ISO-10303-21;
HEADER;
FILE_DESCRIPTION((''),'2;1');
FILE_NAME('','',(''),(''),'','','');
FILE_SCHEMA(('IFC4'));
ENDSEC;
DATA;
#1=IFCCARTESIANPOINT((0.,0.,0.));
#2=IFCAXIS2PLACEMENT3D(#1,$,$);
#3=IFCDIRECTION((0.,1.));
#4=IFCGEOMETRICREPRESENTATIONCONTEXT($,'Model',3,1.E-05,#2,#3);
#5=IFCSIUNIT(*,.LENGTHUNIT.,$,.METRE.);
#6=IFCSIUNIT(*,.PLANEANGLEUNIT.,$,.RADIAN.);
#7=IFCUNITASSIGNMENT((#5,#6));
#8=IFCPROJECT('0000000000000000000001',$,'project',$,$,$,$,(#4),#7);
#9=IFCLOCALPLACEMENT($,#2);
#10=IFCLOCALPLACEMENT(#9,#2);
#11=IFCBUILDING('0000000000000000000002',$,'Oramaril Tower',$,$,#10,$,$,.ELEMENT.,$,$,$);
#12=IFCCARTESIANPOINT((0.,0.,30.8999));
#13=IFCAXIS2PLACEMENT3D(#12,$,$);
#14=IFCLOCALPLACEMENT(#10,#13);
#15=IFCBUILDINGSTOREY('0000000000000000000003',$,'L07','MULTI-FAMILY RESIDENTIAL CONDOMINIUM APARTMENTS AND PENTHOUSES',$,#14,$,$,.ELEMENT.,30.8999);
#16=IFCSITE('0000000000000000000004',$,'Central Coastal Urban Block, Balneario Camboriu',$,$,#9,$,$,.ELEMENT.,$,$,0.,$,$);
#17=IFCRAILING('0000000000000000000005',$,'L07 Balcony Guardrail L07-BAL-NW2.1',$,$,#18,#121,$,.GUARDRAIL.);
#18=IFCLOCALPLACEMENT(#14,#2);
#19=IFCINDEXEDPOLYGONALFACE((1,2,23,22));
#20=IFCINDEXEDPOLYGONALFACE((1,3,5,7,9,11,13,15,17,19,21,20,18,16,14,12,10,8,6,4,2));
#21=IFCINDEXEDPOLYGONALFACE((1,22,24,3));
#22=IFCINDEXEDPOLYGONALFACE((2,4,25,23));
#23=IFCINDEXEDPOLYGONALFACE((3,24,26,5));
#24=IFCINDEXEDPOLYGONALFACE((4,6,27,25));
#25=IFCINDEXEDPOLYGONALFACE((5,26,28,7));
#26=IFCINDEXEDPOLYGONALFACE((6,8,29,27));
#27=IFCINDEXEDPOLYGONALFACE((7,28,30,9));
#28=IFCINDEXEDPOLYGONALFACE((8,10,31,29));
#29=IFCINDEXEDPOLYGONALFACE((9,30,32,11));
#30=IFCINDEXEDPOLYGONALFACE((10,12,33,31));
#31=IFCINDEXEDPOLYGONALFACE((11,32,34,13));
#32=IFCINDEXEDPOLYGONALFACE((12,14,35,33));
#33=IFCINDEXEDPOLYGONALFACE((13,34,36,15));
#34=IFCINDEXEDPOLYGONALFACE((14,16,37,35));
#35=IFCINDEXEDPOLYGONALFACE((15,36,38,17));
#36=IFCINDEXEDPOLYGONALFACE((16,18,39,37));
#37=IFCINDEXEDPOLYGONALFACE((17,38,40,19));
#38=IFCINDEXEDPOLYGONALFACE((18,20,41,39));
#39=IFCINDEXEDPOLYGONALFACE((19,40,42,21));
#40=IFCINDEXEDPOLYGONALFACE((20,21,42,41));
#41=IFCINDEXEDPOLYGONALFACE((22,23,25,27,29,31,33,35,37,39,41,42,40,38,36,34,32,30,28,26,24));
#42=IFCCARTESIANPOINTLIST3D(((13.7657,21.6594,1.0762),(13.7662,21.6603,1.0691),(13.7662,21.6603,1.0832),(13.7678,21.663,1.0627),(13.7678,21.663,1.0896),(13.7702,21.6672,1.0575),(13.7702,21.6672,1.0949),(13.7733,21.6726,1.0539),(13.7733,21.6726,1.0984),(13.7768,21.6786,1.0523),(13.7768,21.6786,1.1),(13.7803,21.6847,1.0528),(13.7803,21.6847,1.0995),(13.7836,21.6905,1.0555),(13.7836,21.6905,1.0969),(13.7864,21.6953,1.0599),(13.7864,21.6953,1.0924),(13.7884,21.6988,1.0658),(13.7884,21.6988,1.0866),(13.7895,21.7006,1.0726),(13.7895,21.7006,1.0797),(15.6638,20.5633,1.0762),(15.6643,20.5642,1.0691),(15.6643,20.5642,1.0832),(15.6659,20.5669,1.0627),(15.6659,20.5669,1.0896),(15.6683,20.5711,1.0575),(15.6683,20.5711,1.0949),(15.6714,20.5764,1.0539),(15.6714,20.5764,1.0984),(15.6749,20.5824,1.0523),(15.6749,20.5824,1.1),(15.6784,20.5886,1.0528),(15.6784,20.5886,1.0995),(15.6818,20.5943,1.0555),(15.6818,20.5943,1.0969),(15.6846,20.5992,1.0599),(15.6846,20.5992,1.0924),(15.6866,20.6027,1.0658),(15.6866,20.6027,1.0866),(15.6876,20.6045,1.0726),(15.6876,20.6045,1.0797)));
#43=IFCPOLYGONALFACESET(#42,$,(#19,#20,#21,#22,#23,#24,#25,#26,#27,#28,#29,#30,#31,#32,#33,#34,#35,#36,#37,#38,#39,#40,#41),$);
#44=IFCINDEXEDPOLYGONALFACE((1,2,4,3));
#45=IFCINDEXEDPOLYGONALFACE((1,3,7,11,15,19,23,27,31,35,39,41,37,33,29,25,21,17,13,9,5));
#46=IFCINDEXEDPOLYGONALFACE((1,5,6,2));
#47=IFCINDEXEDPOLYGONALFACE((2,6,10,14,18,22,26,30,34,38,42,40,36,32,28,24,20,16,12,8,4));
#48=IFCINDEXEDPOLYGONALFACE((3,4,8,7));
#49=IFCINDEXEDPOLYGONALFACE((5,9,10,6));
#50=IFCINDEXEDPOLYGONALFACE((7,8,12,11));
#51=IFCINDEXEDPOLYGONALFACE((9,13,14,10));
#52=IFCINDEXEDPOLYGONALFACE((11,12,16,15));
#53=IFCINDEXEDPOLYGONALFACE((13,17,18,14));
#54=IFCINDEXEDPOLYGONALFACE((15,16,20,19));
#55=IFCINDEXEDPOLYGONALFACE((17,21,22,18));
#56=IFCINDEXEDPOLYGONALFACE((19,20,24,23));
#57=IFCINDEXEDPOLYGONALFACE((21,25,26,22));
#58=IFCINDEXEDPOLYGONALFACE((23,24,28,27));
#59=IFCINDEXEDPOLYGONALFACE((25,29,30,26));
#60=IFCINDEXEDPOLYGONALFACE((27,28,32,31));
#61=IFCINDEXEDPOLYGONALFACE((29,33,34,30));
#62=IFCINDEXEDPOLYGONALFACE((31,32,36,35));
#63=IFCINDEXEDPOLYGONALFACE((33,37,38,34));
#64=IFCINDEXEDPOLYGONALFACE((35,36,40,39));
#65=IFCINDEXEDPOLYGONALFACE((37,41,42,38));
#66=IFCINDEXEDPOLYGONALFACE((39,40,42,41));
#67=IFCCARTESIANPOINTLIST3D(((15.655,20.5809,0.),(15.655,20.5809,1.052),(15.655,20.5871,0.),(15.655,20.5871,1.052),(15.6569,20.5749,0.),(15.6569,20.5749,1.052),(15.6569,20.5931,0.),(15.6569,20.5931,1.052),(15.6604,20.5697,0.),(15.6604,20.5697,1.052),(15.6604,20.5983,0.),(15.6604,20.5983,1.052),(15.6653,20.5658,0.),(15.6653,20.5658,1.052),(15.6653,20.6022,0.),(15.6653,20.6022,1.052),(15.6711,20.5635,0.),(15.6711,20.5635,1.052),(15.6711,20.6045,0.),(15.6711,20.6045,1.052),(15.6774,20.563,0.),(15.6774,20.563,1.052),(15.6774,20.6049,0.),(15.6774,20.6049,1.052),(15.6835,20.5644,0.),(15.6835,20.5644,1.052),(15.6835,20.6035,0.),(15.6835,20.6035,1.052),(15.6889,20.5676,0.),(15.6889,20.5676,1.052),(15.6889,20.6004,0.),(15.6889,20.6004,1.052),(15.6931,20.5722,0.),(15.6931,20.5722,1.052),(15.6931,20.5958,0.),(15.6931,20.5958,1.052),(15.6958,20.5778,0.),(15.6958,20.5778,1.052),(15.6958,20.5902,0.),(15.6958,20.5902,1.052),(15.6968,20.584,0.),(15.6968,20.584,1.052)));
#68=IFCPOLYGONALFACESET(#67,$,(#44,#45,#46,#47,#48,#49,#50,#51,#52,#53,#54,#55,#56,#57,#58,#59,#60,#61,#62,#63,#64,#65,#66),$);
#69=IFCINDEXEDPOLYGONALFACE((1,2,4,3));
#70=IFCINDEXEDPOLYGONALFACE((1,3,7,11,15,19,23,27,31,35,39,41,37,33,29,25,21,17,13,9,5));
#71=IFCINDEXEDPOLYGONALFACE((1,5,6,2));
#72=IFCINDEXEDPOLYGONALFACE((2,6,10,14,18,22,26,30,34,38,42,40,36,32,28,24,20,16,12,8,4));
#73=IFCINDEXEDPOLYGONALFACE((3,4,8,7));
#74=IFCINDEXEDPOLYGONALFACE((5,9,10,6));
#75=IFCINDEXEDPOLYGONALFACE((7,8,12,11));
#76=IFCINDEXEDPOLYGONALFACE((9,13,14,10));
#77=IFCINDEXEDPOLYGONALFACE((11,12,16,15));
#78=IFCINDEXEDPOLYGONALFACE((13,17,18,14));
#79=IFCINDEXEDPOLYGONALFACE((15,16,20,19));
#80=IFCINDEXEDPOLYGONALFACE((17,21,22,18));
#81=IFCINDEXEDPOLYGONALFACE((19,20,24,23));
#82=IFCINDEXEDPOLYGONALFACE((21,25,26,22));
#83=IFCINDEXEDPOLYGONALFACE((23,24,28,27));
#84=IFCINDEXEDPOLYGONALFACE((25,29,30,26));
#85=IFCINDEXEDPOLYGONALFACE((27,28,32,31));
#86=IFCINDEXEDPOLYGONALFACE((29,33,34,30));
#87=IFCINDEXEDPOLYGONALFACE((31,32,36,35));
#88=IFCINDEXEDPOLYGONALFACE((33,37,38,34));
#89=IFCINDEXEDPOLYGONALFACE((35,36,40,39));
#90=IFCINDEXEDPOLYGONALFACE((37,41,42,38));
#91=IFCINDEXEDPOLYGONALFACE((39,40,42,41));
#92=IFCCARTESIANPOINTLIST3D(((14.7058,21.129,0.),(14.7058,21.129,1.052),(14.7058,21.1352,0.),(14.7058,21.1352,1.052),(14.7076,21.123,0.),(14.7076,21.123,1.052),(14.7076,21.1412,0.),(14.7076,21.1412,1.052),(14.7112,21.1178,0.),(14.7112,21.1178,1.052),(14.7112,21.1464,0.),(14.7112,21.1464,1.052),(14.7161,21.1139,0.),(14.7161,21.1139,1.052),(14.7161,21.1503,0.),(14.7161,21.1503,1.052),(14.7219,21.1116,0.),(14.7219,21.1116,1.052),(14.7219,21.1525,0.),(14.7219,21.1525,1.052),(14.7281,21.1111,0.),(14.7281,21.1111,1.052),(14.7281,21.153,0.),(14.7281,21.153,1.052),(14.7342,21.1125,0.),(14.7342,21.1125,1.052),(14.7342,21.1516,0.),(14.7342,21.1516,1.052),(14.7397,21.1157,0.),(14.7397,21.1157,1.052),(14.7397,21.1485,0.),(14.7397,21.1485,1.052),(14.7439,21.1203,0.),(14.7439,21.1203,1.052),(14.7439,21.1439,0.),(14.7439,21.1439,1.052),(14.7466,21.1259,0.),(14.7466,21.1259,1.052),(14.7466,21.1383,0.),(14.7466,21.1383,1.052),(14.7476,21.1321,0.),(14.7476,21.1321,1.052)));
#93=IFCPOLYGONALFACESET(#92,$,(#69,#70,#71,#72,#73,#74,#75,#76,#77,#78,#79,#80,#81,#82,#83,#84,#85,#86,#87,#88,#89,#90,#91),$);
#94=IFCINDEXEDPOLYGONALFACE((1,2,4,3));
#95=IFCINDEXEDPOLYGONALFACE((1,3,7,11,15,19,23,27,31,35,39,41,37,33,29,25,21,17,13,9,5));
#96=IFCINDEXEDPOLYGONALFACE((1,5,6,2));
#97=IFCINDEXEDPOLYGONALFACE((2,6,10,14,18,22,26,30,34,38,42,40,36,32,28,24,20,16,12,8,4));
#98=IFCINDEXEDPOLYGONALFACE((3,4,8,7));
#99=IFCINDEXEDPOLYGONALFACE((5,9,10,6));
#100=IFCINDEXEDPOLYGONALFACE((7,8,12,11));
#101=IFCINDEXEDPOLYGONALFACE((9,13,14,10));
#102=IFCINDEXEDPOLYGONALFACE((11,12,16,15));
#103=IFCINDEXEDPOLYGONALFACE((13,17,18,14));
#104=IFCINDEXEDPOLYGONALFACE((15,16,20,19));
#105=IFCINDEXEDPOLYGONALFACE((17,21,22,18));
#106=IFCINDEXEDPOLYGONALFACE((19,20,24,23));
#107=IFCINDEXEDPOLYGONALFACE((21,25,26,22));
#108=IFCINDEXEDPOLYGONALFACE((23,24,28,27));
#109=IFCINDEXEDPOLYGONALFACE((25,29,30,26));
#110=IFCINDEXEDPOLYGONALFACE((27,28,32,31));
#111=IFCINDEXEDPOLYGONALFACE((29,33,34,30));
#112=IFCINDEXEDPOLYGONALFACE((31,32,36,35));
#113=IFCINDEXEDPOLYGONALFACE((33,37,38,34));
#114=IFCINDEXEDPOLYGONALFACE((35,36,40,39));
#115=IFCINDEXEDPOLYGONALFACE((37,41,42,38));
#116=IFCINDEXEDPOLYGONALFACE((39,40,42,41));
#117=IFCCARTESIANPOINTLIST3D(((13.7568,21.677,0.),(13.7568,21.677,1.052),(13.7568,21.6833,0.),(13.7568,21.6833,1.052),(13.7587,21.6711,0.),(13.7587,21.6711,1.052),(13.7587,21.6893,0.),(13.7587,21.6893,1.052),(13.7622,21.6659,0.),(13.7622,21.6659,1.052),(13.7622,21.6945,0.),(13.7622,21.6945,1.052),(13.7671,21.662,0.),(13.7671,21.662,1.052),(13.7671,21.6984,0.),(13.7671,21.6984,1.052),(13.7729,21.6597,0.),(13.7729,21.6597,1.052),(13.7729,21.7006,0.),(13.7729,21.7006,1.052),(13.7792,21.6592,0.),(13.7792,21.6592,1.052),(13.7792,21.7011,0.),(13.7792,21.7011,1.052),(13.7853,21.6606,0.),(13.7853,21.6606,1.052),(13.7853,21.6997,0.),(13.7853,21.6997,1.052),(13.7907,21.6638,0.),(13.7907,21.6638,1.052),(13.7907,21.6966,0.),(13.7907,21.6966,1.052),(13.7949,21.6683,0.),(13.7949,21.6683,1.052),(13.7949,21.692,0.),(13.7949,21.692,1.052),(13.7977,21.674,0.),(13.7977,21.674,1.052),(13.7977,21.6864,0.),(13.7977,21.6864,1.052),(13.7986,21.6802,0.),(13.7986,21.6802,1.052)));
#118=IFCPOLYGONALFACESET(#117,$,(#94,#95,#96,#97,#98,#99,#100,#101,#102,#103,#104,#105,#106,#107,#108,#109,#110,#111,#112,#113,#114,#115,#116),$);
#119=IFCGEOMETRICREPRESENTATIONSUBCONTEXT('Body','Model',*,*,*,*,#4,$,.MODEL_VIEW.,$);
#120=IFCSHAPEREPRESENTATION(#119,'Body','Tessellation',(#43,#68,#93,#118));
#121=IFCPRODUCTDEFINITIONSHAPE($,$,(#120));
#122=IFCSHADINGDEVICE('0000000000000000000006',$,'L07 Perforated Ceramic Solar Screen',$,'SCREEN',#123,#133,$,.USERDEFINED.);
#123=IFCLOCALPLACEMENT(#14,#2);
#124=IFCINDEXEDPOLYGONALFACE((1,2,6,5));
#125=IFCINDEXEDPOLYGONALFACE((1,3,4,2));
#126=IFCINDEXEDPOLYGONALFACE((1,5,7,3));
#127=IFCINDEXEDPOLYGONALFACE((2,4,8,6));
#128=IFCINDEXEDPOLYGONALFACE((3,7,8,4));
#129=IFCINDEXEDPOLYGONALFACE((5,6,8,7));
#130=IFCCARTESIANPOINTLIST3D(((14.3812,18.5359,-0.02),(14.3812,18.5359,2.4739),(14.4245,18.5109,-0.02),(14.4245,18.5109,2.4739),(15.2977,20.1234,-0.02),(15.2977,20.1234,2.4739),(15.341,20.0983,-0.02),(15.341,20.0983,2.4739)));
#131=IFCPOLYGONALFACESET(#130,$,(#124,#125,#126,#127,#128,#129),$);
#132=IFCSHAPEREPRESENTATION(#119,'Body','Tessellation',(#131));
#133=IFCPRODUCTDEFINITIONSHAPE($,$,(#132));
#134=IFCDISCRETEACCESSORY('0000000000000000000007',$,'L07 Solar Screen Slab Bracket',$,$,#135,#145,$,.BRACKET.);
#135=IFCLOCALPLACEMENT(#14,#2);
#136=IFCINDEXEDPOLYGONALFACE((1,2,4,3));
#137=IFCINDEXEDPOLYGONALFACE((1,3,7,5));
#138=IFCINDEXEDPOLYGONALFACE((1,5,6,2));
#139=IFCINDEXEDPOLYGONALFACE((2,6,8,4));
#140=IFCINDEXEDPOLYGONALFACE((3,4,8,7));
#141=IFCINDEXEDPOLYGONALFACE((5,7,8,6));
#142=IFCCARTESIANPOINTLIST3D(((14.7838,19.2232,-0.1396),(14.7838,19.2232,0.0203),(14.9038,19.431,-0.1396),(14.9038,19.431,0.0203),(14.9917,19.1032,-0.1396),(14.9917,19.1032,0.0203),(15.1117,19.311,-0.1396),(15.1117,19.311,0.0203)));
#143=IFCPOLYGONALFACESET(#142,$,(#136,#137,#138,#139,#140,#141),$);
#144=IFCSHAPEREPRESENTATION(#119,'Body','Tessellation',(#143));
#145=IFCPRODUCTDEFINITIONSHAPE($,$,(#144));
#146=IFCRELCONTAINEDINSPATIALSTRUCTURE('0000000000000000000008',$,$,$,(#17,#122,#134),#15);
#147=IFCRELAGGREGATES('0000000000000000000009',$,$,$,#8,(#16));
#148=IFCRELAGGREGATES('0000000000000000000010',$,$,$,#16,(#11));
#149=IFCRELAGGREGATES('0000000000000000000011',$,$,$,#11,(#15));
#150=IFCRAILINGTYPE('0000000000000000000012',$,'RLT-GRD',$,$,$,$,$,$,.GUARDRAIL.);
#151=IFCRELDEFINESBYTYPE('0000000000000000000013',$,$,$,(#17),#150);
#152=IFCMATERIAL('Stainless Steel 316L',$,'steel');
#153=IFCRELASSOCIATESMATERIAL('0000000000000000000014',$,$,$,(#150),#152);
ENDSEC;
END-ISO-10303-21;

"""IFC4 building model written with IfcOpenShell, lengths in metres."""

from ifc_helpers import new_model, si_unit, direction, frame, origin, origin_2d, place, context, subcontext, project, spatial, rectangle, circle, extrude, material, type_object, element, save


model = new_model("IFC4")

# Units and contexts
model_context = context("Model", 3, precision=1e-05, world=origin(), true_north=direction((0.0, 1.0)))
body_context = subcontext(model_context, "Body", "Model", "MODEL_VIEW")
ifc_project = project(units=[si_unit("LENGTHUNIT", "METRE"), si_unit("PLANEANGLEUNIT", "RADIAN")], contexts=[model_context])

# Site, building, storey
site_placement = place(None, origin())
site = spatial("IfcSite", under=ifc_project, at=site_placement, Name="Central Coastal Urban Block, Balneario Camboriu", CompositionType="ELEMENT", RefElevation=0.0)
building_placement = place(site_placement, origin())
building = spatial("IfcBuilding", under=site, at=building_placement, Name="Oramaril Tower", CompositionType="ELEMENT")
storey_placement = place(building_placement, frame((0.0, 0.0, 30.8999)))
storey = spatial("IfcBuildingStorey", under=building, at=storey_placement, Name="L07", Description="MULTI-FAMILY RESIDENTIAL CONDOMINIUM APARTMENTS AND PENTHOUSES", CompositionType="ELEMENT", Elevation=30.8999)

# Railing
ifc_material_1 = material(Name="Stainless Steel 316L", Category="steel")
railing_type = type_object("IfcRailingType", Name="RLT-GRD", PredefinedType="GUARDRAIL", material=ifc_material_1)
railing_1_placement = place(storey_placement, frame((15.6758, 20.584, 0.0)))
element("IfcRailing", 1, at=railing_1_placement, inside=storey, type_object=railing_type, Name="L07 Balcony Guardrail L07-BAL-NW2.1", PredefinedType="GUARDRAIL", context=body_context, shape_type="SweptSolid", body=[
    extrude(circle(Radius=0.0239, at=origin_2d()), frame((0.0, 0.0, 1.0762), z_axis=(-0.865972, 0.500092, 0.0), x_axis=(-0.500092, -0.865972, 0.0)), (0.0, 0.0, 1.0), 2.1919),
    extrude(circle(Radius=0.021, at=origin_2d()), origin(), (0.0, 0.0, 1.0), 1.052),
    extrude(circle(Radius=0.021, at=origin_2d()), frame((-0.9492, 0.5481, 0.0)), (0.0, 0.0, 1.0), 1.052),
    extrude(circle(Radius=0.021, at=origin_2d()), frame((-1.8982, 1.0962, 0.0)), (0.0, 0.0, 1.0), 1.052),
])

# Shading device
shading_device_placement = place(storey_placement, frame((14.8611, 19.3171, -0.02), z_axis=(0.0, 0.0, 1.0), x_axis=(-0.5, -0.866025, 0.0)))
element("IfcShadingDevice", 2, at=shading_device_placement, inside=storey, Name="L07 Perforated Ceramic Solar Screen", ObjectType="SCREEN", PredefinedType="USERDEFINED", context=body_context, shape_type="SweptSolid", body=[
    extrude(rectangle(XDim=1.833, YDim=0.05, at=origin_2d()), origin(), (0.0, 0.0, 1.0), 2.4939),
])

# Discrete accessory
discrete_accessory_placement = place(storey_placement, frame((14.9478, 19.2671, -0.1396), z_axis=(0.0, 0.0, 1.0), x_axis=(-0.5, -0.866025, 0.0)))
element("IfcDiscreteAccessory", 3, at=discrete_accessory_placement, inside=storey, Name="L07 Solar Screen Slab Bracket", PredefinedType="BRACKET", context=body_context, shape_type="SweptSolid", body=[
    extrude(rectangle(XDim=0.24, YDim=0.24, at=origin_2d()), origin(), (0.0, 0.0, 1.0), 0.1599),
])

save(model, "model.ifc")
